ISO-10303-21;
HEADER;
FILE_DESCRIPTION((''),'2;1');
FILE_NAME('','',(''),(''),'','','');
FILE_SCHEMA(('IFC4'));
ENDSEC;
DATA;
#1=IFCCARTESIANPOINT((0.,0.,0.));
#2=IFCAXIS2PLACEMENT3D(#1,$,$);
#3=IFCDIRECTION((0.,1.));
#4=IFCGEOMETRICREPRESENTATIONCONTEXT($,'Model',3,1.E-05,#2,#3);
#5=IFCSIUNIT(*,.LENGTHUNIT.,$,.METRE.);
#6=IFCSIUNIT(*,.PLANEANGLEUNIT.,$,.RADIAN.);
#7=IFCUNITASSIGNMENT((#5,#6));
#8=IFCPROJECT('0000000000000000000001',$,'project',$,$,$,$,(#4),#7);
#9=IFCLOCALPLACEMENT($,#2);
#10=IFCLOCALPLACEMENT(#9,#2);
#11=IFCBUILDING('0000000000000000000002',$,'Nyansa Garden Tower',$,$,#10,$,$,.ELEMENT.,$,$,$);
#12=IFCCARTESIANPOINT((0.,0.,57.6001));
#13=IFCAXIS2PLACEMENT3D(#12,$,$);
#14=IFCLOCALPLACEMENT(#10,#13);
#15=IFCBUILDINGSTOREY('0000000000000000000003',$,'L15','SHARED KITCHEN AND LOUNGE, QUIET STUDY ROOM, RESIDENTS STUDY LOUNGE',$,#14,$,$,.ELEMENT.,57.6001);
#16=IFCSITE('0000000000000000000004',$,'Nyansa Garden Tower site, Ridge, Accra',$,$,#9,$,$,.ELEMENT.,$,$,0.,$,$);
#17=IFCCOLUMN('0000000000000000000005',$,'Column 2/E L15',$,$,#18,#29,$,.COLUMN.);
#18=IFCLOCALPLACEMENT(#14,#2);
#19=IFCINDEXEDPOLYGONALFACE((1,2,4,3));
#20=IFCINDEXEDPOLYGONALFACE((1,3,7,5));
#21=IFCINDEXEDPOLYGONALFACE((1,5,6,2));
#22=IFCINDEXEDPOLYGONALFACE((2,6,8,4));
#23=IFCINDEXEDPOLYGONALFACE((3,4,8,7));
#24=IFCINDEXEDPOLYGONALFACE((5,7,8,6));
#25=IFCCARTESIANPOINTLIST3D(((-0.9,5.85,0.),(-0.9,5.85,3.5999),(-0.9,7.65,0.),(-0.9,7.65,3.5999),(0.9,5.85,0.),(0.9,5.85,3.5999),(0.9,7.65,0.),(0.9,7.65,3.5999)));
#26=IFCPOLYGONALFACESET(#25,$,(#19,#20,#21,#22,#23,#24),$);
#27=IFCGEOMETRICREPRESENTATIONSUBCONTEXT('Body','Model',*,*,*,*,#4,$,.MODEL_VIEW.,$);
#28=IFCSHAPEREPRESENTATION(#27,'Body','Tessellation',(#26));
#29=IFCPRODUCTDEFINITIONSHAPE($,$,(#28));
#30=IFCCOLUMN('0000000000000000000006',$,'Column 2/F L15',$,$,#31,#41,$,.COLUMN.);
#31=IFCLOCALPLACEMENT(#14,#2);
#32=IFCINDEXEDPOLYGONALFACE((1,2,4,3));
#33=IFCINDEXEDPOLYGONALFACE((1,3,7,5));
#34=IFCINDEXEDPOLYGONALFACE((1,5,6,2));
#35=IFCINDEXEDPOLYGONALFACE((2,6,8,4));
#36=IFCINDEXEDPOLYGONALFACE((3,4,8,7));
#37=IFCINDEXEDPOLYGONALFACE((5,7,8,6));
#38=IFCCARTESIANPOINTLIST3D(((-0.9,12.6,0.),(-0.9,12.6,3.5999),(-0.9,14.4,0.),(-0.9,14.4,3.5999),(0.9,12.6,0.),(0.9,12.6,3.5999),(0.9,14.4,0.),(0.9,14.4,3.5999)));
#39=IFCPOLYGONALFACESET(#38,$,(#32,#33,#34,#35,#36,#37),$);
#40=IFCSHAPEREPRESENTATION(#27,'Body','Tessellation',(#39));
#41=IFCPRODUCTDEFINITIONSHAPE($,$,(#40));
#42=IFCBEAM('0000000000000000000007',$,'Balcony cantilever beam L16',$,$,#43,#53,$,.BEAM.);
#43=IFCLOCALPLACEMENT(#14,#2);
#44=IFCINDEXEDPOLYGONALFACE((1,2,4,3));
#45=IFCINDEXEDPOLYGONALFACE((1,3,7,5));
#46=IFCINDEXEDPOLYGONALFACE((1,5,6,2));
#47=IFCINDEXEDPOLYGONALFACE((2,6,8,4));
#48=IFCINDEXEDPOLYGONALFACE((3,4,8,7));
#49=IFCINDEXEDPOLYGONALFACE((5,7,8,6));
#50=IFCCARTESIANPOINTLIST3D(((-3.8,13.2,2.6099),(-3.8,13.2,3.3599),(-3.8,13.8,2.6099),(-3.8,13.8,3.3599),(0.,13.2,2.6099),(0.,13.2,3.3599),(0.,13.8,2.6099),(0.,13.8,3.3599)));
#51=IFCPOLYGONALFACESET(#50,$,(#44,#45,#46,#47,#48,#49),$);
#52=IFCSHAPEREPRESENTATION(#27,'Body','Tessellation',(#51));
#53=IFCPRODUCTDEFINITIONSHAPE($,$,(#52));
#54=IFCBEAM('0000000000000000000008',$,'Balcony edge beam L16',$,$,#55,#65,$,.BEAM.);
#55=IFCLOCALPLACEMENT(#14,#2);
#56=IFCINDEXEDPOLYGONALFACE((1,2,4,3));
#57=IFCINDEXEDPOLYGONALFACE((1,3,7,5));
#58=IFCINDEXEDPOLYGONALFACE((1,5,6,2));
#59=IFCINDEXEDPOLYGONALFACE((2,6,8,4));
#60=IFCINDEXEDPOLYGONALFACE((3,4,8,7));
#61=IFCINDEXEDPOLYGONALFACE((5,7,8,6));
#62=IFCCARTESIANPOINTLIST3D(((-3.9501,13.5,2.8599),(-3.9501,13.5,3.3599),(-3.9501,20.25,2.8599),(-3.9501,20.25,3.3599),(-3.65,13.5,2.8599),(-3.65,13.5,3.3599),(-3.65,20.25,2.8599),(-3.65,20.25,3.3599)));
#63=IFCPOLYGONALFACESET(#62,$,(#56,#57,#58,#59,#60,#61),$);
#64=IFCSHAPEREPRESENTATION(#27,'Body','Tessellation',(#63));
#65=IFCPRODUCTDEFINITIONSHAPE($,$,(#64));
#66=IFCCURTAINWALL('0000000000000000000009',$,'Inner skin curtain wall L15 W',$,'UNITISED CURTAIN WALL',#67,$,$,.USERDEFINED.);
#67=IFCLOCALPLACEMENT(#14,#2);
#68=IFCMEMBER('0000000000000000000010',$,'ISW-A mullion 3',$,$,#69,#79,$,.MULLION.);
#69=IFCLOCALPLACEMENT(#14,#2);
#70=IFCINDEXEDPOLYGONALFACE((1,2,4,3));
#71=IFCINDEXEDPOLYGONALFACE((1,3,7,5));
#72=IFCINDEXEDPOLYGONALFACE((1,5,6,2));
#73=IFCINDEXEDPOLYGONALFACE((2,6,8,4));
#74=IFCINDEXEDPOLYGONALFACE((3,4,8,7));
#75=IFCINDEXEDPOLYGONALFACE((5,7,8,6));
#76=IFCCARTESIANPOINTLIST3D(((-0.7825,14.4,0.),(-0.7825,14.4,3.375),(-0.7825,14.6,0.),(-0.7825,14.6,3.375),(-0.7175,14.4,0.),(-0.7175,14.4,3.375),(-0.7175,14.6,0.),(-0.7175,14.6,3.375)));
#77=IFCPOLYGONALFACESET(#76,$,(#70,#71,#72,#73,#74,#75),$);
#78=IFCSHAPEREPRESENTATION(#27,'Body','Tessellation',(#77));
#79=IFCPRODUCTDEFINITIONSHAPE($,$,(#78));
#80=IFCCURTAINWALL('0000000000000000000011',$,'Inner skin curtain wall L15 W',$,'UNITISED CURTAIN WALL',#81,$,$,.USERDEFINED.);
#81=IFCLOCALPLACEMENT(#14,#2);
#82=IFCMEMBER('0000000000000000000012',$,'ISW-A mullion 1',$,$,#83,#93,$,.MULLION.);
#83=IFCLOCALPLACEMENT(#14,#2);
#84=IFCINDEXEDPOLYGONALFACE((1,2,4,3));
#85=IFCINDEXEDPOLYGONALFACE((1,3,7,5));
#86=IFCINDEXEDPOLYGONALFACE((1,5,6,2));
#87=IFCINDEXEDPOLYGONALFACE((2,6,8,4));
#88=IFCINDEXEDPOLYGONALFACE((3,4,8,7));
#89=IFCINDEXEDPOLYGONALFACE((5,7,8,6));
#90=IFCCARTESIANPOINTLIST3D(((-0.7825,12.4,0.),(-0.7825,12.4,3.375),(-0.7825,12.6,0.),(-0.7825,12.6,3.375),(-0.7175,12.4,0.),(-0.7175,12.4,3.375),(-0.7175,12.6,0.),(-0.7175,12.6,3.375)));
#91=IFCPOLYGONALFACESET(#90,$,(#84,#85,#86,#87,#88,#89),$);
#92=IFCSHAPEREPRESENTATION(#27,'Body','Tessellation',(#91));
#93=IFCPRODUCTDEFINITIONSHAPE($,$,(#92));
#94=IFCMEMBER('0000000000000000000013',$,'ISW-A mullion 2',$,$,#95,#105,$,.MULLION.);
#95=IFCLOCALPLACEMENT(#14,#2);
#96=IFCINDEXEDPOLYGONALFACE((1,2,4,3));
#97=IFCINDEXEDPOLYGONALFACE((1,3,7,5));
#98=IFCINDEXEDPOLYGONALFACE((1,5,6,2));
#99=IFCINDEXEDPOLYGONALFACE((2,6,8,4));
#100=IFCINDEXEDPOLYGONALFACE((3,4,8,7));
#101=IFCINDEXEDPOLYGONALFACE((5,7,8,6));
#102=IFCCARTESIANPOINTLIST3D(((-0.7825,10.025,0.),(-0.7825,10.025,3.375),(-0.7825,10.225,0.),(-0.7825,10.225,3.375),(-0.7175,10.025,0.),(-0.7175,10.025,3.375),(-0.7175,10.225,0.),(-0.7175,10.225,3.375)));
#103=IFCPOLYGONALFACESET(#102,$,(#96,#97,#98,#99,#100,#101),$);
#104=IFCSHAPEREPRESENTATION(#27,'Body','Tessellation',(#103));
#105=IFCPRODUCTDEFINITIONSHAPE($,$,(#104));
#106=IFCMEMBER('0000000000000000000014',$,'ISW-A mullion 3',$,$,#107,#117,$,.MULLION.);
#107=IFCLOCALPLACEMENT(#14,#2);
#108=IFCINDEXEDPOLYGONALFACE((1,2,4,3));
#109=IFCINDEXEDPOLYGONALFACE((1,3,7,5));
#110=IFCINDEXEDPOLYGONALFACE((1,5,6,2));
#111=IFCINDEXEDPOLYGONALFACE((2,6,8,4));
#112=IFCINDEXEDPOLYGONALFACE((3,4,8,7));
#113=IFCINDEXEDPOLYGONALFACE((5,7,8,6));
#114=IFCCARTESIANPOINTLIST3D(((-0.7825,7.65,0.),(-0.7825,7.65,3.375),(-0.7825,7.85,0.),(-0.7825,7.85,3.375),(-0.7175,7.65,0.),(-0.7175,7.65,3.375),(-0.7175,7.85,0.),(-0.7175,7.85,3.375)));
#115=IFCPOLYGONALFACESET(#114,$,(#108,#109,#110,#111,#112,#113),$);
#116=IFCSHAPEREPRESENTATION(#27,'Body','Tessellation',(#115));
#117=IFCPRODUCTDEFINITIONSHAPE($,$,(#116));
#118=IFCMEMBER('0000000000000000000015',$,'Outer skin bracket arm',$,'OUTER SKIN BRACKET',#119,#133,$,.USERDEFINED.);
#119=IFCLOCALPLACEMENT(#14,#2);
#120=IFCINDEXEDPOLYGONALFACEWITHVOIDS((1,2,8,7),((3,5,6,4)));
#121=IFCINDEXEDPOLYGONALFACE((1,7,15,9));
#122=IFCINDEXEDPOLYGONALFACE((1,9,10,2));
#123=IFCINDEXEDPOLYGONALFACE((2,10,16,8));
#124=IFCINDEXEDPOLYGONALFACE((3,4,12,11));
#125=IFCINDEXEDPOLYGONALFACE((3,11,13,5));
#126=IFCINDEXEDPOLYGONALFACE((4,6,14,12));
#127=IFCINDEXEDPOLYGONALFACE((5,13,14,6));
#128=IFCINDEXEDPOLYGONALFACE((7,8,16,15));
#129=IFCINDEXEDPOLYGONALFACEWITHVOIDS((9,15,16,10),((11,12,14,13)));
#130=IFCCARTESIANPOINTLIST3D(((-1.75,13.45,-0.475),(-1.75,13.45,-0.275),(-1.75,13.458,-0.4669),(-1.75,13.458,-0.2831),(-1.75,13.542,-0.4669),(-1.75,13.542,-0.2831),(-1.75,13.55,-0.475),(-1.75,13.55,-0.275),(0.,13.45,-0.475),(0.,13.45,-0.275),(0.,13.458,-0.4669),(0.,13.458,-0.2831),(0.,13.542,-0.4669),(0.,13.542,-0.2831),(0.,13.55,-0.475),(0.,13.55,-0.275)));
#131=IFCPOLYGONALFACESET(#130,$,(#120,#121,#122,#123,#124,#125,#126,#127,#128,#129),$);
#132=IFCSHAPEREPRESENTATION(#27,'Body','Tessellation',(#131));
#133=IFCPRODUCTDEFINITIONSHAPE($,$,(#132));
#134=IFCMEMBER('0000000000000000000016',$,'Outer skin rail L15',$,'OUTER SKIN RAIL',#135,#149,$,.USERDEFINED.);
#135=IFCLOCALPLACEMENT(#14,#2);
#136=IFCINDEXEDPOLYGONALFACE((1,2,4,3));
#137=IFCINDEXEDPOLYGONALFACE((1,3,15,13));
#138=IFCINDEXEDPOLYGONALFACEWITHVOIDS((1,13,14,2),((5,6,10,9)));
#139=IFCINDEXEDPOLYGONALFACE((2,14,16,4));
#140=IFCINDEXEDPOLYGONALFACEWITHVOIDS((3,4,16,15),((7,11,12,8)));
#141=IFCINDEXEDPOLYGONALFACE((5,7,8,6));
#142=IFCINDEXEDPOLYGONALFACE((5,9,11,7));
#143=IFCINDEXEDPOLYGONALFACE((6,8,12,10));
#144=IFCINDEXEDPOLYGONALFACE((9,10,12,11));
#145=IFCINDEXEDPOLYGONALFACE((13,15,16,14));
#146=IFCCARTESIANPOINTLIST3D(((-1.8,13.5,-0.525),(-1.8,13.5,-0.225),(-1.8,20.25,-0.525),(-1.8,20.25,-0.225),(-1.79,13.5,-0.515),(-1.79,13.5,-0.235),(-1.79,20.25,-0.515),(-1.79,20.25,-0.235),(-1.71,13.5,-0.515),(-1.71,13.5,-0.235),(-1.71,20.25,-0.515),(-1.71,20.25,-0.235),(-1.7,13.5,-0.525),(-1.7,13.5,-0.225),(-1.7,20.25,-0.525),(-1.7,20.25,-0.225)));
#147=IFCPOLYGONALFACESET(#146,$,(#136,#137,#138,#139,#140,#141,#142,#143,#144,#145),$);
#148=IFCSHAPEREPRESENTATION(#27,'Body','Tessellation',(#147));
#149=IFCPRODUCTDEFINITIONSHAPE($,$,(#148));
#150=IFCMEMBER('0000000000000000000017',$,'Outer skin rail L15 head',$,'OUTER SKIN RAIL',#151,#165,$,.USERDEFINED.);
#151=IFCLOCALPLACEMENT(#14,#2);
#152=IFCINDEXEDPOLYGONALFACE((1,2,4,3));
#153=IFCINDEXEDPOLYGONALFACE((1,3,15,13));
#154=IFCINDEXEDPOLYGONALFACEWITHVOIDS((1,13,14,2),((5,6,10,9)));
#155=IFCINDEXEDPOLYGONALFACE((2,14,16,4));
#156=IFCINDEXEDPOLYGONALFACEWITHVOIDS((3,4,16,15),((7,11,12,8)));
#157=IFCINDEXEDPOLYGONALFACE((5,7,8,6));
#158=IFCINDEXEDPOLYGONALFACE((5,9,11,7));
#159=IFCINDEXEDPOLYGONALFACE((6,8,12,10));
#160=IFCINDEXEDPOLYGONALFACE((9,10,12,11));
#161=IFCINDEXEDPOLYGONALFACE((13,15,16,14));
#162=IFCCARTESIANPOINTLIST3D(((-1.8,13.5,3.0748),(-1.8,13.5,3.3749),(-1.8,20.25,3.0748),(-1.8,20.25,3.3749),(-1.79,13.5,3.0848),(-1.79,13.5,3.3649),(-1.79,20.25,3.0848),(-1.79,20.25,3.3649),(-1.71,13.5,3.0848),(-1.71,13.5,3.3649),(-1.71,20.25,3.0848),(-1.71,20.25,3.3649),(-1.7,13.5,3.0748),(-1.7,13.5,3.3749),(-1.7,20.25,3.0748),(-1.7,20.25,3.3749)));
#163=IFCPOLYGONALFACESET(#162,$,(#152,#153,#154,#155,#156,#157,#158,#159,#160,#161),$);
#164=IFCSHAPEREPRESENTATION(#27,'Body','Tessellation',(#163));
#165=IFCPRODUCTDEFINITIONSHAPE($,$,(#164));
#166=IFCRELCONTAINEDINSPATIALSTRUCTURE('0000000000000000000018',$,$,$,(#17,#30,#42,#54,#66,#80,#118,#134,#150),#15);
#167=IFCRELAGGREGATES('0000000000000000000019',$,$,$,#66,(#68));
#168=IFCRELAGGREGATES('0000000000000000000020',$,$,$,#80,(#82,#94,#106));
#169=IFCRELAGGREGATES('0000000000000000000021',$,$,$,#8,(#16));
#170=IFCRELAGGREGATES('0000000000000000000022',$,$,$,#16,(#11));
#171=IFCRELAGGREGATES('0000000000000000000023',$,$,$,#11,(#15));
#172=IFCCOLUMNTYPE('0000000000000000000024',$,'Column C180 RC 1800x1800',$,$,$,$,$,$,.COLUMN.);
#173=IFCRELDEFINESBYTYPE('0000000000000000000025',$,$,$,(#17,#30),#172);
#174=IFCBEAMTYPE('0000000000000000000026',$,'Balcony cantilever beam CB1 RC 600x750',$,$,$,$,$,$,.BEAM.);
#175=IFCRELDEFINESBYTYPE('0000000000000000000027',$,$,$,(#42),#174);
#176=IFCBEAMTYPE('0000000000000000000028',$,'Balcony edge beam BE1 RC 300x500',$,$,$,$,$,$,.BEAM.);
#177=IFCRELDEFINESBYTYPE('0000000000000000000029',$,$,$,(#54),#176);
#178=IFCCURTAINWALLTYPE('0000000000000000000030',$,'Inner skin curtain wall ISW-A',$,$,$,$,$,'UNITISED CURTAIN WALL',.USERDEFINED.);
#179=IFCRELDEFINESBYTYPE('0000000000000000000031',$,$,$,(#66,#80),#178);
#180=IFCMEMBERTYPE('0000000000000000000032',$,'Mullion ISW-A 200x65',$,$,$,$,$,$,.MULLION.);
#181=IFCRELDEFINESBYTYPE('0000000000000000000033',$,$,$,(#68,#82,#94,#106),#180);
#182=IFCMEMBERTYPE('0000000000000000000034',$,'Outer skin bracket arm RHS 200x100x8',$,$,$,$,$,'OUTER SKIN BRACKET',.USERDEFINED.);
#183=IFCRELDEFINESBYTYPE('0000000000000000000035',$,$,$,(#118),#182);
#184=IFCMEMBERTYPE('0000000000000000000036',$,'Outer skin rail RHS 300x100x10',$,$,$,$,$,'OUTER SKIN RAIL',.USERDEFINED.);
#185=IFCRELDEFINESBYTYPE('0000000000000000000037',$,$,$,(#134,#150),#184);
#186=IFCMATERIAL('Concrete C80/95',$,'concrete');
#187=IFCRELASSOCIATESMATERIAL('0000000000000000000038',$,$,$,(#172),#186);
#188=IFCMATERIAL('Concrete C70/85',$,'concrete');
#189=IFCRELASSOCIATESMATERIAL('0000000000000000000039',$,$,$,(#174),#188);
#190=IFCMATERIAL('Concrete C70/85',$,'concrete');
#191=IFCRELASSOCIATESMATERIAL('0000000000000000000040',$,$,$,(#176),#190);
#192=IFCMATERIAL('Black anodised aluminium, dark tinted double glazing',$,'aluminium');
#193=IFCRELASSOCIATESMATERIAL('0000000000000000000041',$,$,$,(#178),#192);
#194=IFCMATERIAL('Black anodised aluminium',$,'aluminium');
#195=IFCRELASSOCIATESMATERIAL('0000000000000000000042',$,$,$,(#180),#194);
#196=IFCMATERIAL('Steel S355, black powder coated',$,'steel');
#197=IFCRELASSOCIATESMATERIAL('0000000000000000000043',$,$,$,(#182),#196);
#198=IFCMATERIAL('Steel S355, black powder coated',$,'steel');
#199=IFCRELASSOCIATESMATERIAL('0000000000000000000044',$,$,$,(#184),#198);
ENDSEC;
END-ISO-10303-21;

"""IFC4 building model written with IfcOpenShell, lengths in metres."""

from ifc_helpers import new_model, si_unit, direction, frame, origin, origin_2d, place, context, subcontext, project, spatial, rectangle, hollow_rectangle, extrude, material, material_profile, profile_set, type_object, element, aggregate, save


model = new_model("IFC4")

# Units and contexts
model_context = context("Model", 3, precision=1e-05, world=origin(), true_north=direction((0.0, 1.0)))
body_context = subcontext(model_context, "Body", "Model", "MODEL_VIEW")
ifc_project = project(units=[si_unit("LENGTHUNIT", "METRE"), si_unit("PLANEANGLEUNIT", "RADIAN")], contexts=[model_context])

# Site, building, storey
site_placement = place(None, origin())
site = spatial("IfcSite", under=ifc_project, at=site_placement, Name="Nyansa Garden Tower site, Ridge, Accra", CompositionType="ELEMENT", RefElevation=0.0)
building_placement = place(site_placement, origin())
building = spatial("IfcBuilding", under=site, at=building_placement, Name="Nyansa Garden Tower", CompositionType="ELEMENT")
storey_placement = place(building_placement, frame((0.0, 0.0, 57.6001)))
storey = spatial("IfcBuildingStorey", under=building, at=storey_placement, Name="L15", Description="SHARED KITCHEN AND LOUNGE, QUIET STUDY ROOM, RESIDENTS STUDY LOUNGE", CompositionType="ELEMENT", Elevation=57.6001)

# Columns
ifc_material_1 = material(Name="Concrete C80/95", Category="concrete")
ifc_material_profile_1 = material_profile(ifc_material_1, rectangle(XDim=1.8, YDim=1.8, at=origin_2d()), Name="RC 1800x1800")
ifc_profile_set_1 = profile_set([ifc_material_profile_1], Name="Concrete C80/95")
column_type = type_object("IfcColumnType", Name="Column C180 RC 1800x1800", PredefinedType="COLUMN", material=ifc_profile_set_1)
for number, where, z_axis, x_axis, name in (
    (1, (0.0, 6.75, 0.0), (0.0, 0.0, 1.0), (1.0, 0.0, 0.0), "Column 2/E L15"),
    (2, (0.0, 13.5, 0.0), (0.0, 0.0, 1.0), (1.0, 0.0, 0.0), "Column 2/F L15"),
):
    element("IfcColumn", number, at=place(storey_placement, frame(where, z_axis=z_axis, x_axis=x_axis)), inside=storey, type_object=column_type, Name=name, PredefinedType="COLUMN", context=body_context, shape_type="SweptSolid", body=[
        extrude(rectangle(XDim=1.8, YDim=1.8, at=origin_2d()), origin(), (0.0, 0.0, 1.0), 3.5999),
    ])

# Beams
ifc_material_2 = material(Name="Concrete C70/85", Category="concrete")
ifc_material_profile_2 = material_profile(ifc_material_2, rectangle(XDim=0.6001, YDim=0.75, at=origin_2d()), Name="RC 600x750")
ifc_profile_set_2 = profile_set([ifc_material_profile_2], Name="Concrete C70/85")
beam_type_1 = type_object("IfcBeamType", Name="Balcony cantilever beam CB1 RC 600x750", PredefinedType="BEAM", material=ifc_profile_set_2)
beam_1_placement = place(storey_placement, frame((0.0, 13.5, 2.9849), z_axis=(-1.0, 0.0, 0.0), x_axis=(0.0, -1.0, 0.0)))
element("IfcBeam", 3, at=beam_1_placement, inside=storey, type_object=beam_type_1, Name="Balcony cantilever beam L16", PredefinedType="BEAM", context=body_context, shape_type="SweptSolid", body=[
    extrude(rectangle(XDim=0.6001, YDim=0.75, at=origin_2d()), origin(), (0.0, 0.0, 1.0), 3.8),
])
ifc_material_3 = material(Name="Concrete C70/85", Category="concrete")
ifc_material_profile_3 = material_profile(ifc_material_3, rectangle(XDim=0.3, YDim=0.5, at=origin_2d()), Name="RC 300x500")
ifc_profile_set_3 = profile_set([ifc_material_profile_3], Name="Concrete C70/85")
beam_type_2 = type_object("IfcBeamType", Name="Balcony edge beam BE1 RC 300x500", PredefinedType="BEAM", material=ifc_profile_set_3)
beam_2_placement = place(storey_placement, frame((-3.8, 13.5, 3.1099), z_axis=(0.0, 1.0, 0.0), x_axis=(-1.0, 0.0, 0.0)))
element("IfcBeam", 4, at=beam_2_placement, inside=storey, type_object=beam_type_2, Name="Balcony edge beam L16", PredefinedType="BEAM", context=body_context, shape_type="SweptSolid", body=[
    extrude(rectangle(XDim=0.3, YDim=0.5, at=origin_2d()), origin(), (0.0, 0.0, 1.0), 6.75),
])

# Curtain wall, member
ifc_material_4 = material(Name="Black anodised aluminium, dark tinted double glazing", Category="aluminium")
curtain_wall_type = type_object("IfcCurtainWallType", Name="Inner skin curtain wall ISW-A", ElementType="UNITISED CURTAIN WALL", PredefinedType="USERDEFINED", material=ifc_material_4)
curtain_wall_1_placement = place(storey_placement, origin())
curtain_wall_1 = element("IfcCurtainWall", 5, at=curtain_wall_1_placement, inside=storey, type_object=curtain_wall_type, Name="Inner skin curtain wall L15 W", ObjectType="UNITISED CURTAIN WALL", PredefinedType="USERDEFINED")
ifc_material_5 = material(Name="Black anodised aluminium", Category="aluminium")
ifc_material_profile_4 = material_profile(ifc_material_5, rectangle(XDim=0.0649, YDim=0.2, at=origin_2d()), Name="Mullion 200x65")
ifc_profile_set_4 = profile_set([ifc_material_profile_4], Name="Black anodised aluminium")
member_type_1 = type_object("IfcMemberType", Name="Mullion ISW-A 200x65", PredefinedType="MULLION", material=ifc_profile_set_4)
member_1_placement = place(storey_placement, frame((-0.75, 14.5, 0.0), z_axis=(0.0, 0.0, 1.0), x_axis=(1.0, 0.0, 0.0)))
member_1 = element("IfcMember", 6, at=member_1_placement, type_object=member_type_1, Name="ISW-A mullion 3", PredefinedType="MULLION", context=body_context, shape_type="SweptSolid", body=[
    extrude(rectangle(XDim=0.0649, YDim=0.2, at=origin_2d()), origin(), (0.0, 0.0, 1.0), 3.375),
])

# Curtain wall, members
curtain_wall_2_placement = place(storey_placement, origin())
curtain_wall_2 = element("IfcCurtainWall", 7, at=curtain_wall_2_placement, inside=storey, type_object=curtain_wall_type, Name="Inner skin curtain wall L15 W", ObjectType="UNITISED CURTAIN WALL", PredefinedType="USERDEFINED")
member_2_placement = place(storey_placement, frame((-0.75, 12.5, 0.0), z_axis=(0.0, 0.0, 1.0), x_axis=(1.0, 0.0, 0.0)))
member_2 = element("IfcMember", 8, at=member_2_placement, type_object=member_type_1, Name="ISW-A mullion 1", PredefinedType="MULLION", context=body_context, shape_type="SweptSolid", body=[
    extrude(rectangle(XDim=0.0649, YDim=0.2, at=origin_2d()), origin(), (0.0, 0.0, 1.0), 3.375),
])
member_3_placement = place(storey_placement, frame((-0.75, 10.125, 0.0), z_axis=(0.0, 0.0, 1.0), x_axis=(1.0, 0.0, 0.0)))
member_3 = element("IfcMember", 9, at=member_3_placement, type_object=member_type_1, Name="ISW-A mullion 2", PredefinedType="MULLION", context=body_context, shape_type="SweptSolid", body=[
    extrude(rectangle(XDim=0.0649, YDim=0.2, at=origin_2d()), origin(), (0.0, 0.0, 1.0), 3.375),
])
member_4_placement = place(storey_placement, frame((-0.75, 7.75, 0.0), z_axis=(0.0, 0.0, 1.0), x_axis=(1.0, 0.0, 0.0)))
member_4 = element("IfcMember", 10, at=member_4_placement, type_object=member_type_1, Name="ISW-A mullion 3", PredefinedType="MULLION", context=body_context, shape_type="SweptSolid", body=[
    extrude(rectangle(XDim=0.0649, YDim=0.2, at=origin_2d()), origin(), (0.0, 0.0, 1.0), 3.375),
])

# Members
ifc_material_6 = material(Name="Steel S355, black powder coated", Category="steel")
ifc_material_profile_5 = material_profile(ifc_material_6, hollow_rectangle(XDim=0.1001, YDim=0.2, WallThickness=0.0081, at=origin_2d()), Name="RHS 200x100x8")
ifc_profile_set_5 = profile_set([ifc_material_profile_5], Name="Steel S355, black powder coated")
member_type_2 = type_object("IfcMemberType", Name="Outer skin bracket arm RHS 200x100x8", ElementType="OUTER SKIN BRACKET", PredefinedType="USERDEFINED", material=ifc_profile_set_5)
member_5_placement = place(storey_placement, frame((0.0, 13.5, -0.375), z_axis=(-1.0, 0.0, 0.0), x_axis=(0.0, -1.0, 0.0)))
element("IfcMember", 11, at=member_5_placement, inside=storey, type_object=member_type_2, Name="Outer skin bracket arm", ObjectType="OUTER SKIN BRACKET", PredefinedType="USERDEFINED", context=body_context, shape_type="SweptSolid", body=[
    extrude(hollow_rectangle(XDim=0.1001, YDim=0.2, WallThickness=0.0081, at=origin_2d()), origin(), (0.0, 0.0, 1.0), 1.75),
])
ifc_material_7 = material(Name="Steel S355, black powder coated", Category="steel")
ifc_material_profile_6 = material_profile(ifc_material_7, hollow_rectangle(XDim=0.1001, YDim=0.3, WallThickness=0.01, at=origin_2d()), Name="RHS 300x100x10")
ifc_profile_set_6 = profile_set([ifc_material_profile_6], Name="Steel S355, black powder coated")
member_type_3 = type_object("IfcMemberType", Name="Outer skin rail RHS 300x100x10", ElementType="OUTER SKIN RAIL", PredefinedType="USERDEFINED", material=ifc_profile_set_6)
for number, where, z_axis, x_axis, name in (
    (12, (-1.75, 13.5, -0.375), (0.0, 1.0, 0.0), (-1.0, 0.0, 0.0), "Outer skin rail L15"),
    (13, (-1.75, 13.5, 3.2249), (0.0, 1.0, 0.0), (-1.0, 0.0, 0.0), "Outer skin rail L15 head"),
):
    element("IfcMember", number, at=place(storey_placement, frame(where, z_axis=z_axis, x_axis=x_axis)), inside=storey, type_object=member_type_3, Name=name, ObjectType="OUTER SKIN RAIL", PredefinedType="USERDEFINED", context=body_context, shape_type="SweptSolid", body=[
        extrude(hollow_rectangle(XDim=0.1001, YDim=0.3, WallThickness=0.01, at=origin_2d()), origin(), (0.0, 0.0, 1.0), 6.75),
    ])

aggregate(curtain_wall_1, [member_1])
aggregate(curtain_wall_2, [member_2, member_3, member_4])

save(model, "model.ifc")
